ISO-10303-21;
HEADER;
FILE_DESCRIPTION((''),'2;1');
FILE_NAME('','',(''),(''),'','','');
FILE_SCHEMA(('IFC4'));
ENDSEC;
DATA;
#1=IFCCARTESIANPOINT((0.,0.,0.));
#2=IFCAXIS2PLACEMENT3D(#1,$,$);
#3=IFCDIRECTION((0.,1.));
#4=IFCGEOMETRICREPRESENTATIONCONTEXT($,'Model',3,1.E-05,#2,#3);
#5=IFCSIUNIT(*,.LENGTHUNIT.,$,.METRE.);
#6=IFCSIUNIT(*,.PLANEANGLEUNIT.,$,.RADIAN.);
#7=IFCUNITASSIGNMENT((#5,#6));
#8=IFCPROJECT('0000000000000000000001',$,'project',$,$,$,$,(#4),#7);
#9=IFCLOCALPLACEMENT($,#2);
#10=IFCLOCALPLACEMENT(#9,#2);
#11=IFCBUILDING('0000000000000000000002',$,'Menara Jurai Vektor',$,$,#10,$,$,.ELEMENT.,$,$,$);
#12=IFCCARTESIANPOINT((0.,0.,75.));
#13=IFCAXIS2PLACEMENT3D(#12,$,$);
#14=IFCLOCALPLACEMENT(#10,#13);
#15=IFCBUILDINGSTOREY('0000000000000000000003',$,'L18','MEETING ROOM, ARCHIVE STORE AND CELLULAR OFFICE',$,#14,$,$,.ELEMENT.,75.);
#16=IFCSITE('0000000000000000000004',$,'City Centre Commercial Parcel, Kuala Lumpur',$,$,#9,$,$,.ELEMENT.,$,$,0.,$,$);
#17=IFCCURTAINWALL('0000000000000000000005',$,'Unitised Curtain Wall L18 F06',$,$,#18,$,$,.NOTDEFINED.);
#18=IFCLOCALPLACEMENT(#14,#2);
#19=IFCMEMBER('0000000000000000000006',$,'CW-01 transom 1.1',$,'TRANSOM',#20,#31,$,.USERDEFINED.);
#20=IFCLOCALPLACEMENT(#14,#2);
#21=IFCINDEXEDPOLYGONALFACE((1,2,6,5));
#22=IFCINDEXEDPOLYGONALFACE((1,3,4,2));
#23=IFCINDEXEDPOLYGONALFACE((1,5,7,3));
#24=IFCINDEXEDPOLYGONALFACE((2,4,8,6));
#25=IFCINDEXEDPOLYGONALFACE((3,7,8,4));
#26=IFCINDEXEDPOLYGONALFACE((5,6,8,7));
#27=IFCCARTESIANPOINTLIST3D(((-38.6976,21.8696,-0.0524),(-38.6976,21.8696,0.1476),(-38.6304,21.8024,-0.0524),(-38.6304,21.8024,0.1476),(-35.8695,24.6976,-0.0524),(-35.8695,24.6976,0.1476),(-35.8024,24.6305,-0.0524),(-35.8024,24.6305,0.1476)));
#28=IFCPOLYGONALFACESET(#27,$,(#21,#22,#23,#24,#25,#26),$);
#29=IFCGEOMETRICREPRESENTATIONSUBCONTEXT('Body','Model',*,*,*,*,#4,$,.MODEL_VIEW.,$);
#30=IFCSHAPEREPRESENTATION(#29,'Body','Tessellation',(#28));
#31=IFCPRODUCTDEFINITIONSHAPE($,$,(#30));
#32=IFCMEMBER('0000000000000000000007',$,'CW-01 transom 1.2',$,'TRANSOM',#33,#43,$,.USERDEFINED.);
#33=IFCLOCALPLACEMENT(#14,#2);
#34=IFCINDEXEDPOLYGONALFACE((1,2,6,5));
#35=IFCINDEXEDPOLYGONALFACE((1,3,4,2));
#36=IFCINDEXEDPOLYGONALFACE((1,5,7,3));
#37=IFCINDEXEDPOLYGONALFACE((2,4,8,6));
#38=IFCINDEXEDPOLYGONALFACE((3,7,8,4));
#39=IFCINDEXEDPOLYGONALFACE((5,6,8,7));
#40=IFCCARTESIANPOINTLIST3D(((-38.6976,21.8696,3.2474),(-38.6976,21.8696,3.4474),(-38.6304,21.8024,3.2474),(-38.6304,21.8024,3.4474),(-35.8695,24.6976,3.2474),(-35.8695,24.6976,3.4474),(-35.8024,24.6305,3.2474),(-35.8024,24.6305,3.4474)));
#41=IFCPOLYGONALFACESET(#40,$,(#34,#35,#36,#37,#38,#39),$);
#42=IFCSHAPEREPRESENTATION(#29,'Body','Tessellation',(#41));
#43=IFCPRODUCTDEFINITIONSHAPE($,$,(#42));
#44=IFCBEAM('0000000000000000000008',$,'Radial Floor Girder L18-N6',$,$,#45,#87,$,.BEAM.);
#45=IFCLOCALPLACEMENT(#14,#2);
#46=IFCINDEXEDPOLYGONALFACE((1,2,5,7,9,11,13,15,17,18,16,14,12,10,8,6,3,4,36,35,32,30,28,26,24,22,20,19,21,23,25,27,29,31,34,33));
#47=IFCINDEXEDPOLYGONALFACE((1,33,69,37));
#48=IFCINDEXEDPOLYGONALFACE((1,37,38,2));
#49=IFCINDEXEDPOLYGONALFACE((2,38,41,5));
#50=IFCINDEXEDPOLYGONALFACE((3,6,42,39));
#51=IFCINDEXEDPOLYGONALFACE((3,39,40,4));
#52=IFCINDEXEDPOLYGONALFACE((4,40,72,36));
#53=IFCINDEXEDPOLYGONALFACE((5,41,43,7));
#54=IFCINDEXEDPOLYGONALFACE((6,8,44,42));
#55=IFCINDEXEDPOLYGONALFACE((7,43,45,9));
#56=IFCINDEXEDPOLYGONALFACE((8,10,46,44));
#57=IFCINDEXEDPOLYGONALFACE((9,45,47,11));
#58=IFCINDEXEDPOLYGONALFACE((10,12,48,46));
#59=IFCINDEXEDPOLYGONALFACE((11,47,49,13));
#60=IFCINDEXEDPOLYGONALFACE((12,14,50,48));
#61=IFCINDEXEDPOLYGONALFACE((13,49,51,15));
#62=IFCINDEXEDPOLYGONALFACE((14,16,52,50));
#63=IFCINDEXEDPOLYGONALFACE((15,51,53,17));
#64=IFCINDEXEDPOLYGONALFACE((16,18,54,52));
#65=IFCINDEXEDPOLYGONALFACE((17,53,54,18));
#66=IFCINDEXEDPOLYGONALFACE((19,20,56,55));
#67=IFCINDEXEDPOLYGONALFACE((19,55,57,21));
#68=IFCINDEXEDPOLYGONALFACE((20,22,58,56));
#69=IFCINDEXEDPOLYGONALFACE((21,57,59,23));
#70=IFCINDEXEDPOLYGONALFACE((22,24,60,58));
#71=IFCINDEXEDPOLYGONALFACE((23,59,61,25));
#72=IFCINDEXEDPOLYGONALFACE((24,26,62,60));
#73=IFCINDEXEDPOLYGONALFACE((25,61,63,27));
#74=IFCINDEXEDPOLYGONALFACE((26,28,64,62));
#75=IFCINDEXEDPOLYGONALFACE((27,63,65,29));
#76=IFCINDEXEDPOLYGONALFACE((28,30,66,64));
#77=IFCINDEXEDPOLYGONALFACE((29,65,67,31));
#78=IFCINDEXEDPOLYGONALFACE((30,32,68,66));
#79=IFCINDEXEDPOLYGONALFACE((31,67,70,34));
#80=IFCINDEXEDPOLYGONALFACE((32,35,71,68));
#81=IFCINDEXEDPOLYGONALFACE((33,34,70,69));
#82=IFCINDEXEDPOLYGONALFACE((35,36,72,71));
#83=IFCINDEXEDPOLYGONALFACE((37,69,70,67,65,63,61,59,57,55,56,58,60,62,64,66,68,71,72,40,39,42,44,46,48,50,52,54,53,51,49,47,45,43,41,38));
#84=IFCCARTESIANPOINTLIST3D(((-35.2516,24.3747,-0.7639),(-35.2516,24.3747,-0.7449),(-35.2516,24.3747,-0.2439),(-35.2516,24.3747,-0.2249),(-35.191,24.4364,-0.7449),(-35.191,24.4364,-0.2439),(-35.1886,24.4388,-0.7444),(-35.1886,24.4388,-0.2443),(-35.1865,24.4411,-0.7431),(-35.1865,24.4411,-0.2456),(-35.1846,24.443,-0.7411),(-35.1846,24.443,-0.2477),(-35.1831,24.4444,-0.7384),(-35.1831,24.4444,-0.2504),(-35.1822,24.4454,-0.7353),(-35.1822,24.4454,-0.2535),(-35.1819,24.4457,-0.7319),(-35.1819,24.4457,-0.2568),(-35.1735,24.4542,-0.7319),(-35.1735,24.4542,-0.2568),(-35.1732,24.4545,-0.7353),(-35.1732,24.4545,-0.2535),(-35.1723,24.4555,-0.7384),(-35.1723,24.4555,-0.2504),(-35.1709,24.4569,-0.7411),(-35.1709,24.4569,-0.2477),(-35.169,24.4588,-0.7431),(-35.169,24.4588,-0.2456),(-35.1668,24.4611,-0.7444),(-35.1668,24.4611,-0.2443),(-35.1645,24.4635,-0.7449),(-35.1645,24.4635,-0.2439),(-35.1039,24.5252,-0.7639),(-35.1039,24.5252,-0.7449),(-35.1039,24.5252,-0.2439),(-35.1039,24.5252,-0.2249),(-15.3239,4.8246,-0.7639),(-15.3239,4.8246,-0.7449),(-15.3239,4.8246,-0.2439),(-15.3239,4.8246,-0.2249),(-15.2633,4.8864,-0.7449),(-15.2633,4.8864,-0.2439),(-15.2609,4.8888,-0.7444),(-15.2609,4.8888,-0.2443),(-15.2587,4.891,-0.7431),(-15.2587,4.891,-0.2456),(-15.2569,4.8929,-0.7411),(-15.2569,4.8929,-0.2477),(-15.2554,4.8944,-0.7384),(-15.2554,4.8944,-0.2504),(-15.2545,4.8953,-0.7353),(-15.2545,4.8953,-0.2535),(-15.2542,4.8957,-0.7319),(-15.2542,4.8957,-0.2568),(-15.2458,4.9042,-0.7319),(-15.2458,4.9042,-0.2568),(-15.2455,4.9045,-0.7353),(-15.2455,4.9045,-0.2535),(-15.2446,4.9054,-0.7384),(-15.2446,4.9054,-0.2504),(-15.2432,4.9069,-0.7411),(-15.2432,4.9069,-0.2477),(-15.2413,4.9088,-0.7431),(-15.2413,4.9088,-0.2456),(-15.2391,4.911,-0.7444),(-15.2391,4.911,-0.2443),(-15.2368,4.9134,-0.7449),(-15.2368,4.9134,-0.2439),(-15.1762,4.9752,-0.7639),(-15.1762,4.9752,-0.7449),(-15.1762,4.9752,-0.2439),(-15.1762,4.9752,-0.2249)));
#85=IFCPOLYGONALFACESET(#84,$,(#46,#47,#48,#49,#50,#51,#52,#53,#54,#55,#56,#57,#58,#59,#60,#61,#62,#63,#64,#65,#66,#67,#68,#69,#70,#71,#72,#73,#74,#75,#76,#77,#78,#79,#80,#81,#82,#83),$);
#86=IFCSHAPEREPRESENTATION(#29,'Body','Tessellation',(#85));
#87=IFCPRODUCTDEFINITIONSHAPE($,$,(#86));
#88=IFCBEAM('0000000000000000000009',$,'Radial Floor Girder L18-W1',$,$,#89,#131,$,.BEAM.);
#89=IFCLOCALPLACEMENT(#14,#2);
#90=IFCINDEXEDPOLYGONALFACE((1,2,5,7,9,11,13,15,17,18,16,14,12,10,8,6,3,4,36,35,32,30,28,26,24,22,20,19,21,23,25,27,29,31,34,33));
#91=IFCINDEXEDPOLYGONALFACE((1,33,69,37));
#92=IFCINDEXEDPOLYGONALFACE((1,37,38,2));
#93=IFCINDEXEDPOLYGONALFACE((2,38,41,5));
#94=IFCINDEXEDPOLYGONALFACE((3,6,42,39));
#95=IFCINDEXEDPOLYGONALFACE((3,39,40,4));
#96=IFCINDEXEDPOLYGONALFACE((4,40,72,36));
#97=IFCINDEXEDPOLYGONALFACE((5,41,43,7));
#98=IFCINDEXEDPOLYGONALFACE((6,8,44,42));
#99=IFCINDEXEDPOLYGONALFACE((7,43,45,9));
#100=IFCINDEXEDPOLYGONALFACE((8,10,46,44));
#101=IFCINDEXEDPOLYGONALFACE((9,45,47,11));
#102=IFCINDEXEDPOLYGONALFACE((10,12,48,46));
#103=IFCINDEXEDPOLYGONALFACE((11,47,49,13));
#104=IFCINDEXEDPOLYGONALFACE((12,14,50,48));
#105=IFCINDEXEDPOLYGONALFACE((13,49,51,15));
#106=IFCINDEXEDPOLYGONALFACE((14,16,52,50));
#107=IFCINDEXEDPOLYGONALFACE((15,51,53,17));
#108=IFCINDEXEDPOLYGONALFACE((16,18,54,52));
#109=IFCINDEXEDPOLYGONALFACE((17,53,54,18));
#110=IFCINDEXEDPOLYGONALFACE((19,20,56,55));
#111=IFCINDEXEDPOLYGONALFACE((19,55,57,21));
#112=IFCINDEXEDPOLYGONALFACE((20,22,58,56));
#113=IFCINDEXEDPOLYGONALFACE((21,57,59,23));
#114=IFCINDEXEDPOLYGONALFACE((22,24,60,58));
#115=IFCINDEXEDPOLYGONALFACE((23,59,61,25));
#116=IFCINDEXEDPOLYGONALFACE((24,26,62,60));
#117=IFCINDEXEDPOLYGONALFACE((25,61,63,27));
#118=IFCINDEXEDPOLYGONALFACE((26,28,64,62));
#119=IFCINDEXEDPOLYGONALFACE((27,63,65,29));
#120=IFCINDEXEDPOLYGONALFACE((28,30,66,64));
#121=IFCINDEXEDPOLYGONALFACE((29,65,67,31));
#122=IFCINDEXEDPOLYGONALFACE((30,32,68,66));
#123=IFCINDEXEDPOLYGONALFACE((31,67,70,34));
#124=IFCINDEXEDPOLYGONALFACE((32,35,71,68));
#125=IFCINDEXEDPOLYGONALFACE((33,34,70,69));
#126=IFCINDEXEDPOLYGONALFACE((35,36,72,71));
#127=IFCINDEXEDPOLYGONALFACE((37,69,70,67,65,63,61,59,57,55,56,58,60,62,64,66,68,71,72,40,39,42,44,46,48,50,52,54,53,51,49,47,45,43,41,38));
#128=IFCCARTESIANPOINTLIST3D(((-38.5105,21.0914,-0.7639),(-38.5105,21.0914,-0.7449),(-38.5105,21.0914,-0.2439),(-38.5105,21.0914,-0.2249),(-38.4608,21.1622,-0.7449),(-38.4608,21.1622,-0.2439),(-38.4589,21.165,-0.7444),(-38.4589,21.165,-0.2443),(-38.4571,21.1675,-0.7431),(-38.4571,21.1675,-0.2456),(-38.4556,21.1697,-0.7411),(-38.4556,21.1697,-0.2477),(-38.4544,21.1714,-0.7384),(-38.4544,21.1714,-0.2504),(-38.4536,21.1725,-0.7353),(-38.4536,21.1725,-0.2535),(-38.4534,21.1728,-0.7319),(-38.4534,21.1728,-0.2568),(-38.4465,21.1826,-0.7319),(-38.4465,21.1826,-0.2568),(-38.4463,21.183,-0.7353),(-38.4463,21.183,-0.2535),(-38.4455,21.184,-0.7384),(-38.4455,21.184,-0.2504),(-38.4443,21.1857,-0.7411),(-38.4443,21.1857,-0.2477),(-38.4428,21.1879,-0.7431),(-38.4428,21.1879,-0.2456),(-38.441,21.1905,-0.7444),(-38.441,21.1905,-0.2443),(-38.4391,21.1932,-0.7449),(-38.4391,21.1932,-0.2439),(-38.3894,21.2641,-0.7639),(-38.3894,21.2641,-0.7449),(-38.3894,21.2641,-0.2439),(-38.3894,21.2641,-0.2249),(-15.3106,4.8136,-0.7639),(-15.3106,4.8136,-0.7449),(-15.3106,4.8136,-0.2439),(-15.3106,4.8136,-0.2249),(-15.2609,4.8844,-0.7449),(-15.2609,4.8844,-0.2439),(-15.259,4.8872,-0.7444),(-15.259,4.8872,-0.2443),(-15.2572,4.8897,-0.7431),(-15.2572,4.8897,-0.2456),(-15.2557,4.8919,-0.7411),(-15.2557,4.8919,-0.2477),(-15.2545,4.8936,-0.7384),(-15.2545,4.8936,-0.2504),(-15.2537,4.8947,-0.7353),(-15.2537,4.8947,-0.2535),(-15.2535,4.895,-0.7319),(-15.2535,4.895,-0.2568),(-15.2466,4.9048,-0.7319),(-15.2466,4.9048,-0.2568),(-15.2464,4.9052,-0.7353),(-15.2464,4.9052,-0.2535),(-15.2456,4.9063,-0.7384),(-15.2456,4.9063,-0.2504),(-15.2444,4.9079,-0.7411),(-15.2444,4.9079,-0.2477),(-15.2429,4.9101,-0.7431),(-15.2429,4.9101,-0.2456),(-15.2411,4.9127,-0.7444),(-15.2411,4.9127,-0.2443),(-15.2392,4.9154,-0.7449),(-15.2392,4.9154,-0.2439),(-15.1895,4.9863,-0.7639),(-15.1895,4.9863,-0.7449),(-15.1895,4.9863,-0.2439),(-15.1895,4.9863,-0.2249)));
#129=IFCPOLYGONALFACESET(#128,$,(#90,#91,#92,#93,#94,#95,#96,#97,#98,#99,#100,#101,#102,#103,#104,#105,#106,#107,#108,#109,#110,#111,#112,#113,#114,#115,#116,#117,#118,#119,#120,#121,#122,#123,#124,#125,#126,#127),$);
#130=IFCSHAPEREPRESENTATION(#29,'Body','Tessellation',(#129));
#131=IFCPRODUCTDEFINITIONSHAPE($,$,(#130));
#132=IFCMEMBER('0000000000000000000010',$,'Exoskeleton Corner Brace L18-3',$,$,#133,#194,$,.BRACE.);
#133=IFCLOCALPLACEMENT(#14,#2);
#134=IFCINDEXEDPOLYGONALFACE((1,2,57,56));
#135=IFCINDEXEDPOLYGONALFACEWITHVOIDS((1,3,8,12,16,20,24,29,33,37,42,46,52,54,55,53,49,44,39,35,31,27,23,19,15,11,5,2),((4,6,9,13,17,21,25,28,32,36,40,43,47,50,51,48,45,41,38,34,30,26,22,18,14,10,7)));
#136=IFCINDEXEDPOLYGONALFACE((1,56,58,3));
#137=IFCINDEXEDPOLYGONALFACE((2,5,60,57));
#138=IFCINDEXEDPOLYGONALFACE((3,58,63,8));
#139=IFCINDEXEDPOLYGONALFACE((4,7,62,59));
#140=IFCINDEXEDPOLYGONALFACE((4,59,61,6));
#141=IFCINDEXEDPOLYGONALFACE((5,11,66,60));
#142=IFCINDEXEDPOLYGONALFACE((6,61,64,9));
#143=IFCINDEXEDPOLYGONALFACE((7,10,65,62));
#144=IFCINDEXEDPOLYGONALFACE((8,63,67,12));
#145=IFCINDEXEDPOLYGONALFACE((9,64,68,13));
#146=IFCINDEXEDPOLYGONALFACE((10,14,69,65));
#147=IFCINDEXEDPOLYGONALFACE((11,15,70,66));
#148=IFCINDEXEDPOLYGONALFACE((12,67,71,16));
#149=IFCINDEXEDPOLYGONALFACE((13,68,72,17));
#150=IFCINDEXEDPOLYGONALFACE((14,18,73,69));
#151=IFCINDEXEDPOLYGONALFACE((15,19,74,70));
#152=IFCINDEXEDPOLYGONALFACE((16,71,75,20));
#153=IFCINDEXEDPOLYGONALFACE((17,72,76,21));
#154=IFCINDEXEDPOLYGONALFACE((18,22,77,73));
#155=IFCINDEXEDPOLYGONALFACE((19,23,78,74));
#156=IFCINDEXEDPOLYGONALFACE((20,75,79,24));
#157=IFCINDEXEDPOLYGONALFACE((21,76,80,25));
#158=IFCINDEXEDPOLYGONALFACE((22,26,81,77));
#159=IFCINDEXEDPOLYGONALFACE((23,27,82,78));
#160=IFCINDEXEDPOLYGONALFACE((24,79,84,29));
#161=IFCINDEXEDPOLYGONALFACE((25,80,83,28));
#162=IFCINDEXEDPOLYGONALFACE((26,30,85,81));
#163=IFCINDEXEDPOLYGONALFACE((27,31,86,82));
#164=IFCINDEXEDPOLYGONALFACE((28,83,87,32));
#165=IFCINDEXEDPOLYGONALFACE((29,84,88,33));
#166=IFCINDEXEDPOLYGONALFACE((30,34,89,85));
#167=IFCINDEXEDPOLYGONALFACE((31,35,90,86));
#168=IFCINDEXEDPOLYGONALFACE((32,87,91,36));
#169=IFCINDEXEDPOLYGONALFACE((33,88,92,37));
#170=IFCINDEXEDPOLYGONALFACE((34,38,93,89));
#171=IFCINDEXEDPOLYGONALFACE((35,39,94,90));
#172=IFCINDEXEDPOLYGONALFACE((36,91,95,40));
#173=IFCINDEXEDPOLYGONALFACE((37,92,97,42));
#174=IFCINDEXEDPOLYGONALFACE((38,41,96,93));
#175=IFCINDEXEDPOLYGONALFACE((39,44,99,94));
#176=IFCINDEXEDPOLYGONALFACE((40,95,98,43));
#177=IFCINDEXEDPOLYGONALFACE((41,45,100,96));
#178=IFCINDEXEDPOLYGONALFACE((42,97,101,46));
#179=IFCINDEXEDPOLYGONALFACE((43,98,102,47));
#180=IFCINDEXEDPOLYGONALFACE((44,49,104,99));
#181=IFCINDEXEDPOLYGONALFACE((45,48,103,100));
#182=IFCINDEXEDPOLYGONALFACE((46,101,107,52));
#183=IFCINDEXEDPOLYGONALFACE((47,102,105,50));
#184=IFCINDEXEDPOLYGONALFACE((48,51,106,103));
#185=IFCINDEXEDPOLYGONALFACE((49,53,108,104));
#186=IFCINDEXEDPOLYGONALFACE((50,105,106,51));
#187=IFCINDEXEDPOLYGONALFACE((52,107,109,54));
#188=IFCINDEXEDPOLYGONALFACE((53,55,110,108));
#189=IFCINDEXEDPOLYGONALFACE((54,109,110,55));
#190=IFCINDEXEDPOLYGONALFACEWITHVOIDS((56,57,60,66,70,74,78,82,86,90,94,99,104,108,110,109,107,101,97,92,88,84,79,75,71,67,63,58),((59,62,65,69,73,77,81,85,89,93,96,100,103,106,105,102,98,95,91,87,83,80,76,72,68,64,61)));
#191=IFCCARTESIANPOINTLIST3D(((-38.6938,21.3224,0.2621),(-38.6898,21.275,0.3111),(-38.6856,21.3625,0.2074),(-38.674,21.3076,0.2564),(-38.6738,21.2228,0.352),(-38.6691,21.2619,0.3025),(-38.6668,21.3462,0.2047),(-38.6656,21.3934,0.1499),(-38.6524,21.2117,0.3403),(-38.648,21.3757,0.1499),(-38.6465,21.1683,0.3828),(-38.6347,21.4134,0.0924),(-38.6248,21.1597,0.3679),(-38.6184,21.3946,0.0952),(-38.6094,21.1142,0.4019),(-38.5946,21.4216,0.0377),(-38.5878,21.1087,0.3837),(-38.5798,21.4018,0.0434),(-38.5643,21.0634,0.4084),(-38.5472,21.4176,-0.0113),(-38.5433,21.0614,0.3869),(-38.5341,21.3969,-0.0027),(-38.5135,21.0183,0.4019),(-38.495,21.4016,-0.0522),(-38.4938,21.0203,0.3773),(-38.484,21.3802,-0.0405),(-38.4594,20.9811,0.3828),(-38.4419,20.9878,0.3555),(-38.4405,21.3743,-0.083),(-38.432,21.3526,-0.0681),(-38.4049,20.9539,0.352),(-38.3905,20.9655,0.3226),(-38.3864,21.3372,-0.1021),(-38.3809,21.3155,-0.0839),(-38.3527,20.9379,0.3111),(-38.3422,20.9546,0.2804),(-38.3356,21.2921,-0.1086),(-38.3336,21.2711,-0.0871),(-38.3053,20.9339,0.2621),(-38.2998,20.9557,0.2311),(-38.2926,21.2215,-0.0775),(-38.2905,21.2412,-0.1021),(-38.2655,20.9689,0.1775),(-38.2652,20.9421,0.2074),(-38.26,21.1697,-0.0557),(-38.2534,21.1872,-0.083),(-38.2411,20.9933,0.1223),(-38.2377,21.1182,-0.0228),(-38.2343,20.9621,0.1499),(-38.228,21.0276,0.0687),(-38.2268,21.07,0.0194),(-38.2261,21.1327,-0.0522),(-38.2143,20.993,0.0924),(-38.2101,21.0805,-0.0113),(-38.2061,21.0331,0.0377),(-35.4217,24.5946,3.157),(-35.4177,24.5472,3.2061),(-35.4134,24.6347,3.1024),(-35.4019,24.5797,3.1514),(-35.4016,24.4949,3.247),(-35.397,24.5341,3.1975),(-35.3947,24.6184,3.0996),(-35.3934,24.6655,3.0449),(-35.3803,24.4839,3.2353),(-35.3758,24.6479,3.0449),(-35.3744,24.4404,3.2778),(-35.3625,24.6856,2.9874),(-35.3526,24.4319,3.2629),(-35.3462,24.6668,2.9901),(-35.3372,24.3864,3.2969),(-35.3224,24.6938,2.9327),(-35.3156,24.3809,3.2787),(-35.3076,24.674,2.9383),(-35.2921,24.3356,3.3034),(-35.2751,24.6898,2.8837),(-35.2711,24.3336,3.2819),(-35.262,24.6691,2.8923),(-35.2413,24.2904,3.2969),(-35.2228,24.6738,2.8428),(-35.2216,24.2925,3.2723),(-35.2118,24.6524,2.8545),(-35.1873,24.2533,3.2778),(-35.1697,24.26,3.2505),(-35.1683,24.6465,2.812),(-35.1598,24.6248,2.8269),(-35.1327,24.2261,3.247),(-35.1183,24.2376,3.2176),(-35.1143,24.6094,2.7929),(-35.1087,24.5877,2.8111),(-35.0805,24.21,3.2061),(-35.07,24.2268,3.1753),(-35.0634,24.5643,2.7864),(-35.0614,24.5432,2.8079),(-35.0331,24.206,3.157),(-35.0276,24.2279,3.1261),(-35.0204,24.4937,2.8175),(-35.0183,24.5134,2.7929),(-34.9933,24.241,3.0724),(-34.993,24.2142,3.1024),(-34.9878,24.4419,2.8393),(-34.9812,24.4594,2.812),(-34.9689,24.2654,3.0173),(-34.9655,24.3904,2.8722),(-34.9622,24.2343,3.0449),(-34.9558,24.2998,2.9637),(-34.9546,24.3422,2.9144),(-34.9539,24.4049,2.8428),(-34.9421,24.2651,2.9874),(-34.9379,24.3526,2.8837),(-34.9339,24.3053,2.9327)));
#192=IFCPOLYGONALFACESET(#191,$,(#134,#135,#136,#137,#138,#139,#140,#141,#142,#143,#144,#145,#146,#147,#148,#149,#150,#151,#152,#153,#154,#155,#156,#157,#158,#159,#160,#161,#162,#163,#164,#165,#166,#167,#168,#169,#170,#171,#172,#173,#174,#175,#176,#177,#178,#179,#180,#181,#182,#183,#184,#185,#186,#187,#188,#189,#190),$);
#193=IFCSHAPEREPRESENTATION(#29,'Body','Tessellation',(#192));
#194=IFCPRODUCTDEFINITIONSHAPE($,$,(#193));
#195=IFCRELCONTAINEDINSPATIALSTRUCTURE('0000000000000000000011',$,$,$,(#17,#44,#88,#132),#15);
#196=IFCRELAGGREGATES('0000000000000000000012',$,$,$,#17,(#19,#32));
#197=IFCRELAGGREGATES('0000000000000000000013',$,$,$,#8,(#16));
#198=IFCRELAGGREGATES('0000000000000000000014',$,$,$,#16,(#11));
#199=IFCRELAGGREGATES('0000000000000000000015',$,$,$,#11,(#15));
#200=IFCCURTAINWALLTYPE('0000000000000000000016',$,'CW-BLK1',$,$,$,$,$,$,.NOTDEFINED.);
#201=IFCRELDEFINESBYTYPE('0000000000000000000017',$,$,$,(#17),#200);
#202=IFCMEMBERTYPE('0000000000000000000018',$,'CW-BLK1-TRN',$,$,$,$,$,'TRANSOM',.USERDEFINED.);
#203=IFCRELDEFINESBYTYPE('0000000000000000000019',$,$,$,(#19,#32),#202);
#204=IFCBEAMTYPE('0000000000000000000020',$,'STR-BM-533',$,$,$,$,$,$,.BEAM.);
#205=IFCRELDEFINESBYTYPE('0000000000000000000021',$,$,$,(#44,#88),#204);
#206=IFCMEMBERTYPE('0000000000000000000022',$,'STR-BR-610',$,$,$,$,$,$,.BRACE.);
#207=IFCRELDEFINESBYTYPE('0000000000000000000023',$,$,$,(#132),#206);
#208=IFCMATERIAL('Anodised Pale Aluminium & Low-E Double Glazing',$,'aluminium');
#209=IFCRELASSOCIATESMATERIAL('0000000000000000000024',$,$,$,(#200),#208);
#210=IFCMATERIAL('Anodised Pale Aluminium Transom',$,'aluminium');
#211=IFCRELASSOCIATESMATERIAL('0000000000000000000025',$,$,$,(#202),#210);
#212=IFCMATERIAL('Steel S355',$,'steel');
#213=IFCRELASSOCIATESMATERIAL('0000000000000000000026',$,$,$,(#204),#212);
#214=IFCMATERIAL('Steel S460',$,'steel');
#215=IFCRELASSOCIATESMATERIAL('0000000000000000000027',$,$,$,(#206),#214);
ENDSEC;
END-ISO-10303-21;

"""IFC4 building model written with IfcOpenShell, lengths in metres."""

from ifc_helpers import new_model, si_unit, direction, frame, origin, origin_2d, place, context, subcontext, project, spatial, rectangle, hollow_circle, i_section, extrude, material, material_profile, profile_set, type_object, element, aggregate, save


model = new_model("IFC4")

# Units and contexts
model_context = context("Model", 3, precision=1e-05, world=origin(), true_north=direction((0.0, 1.0)))
body_context = subcontext(model_context, "Body", "Model", "MODEL_VIEW")
ifc_project = project(units=[si_unit("LENGTHUNIT", "METRE"), si_unit("PLANEANGLEUNIT", "RADIAN")], contexts=[model_context])

# Site, building, storey
site_placement = place(None, origin())
site = spatial("IfcSite", under=ifc_project, at=site_placement, Name="City Centre Commercial Parcel, Kuala Lumpur", CompositionType="ELEMENT", RefElevation=0.0)
building_placement = place(site_placement, origin())
building = spatial("IfcBuilding", under=site, at=building_placement, Name="Menara Jurai Vektor", CompositionType="ELEMENT")
storey_placement = place(building_placement, frame((0.0, 0.0, 75.0)))
storey = spatial("IfcBuildingStorey", under=building, at=storey_placement, Name="L18", Description="MEETING ROOM, ARCHIVE STORE AND CELLULAR OFFICE", CompositionType="ELEMENT", Elevation=75.0)

# Shared definitions
ifc_material_1 = material(Name="Steel S460", Category="steel")

# Curtain wall
ifc_material_2 = material(Name="Anodised Pale Aluminium & Low-E Double Glazing", Category="aluminium")
curtain_wall_type = type_object("IfcCurtainWallType", Name="CW-BLK1", PredefinedType="NOTDEFINED", material=ifc_material_2)
curtain_wall_1_placement = place(storey_placement, origin())
curtain_wall_1 = element("IfcCurtainWall", 1, at=curtain_wall_1_placement, inside=storey, type_object=curtain_wall_type, Name="Unitised Curtain Wall L18 F06", PredefinedType="NOTDEFINED")

# Members
ifc_material_3 = material(Name="Anodised Pale Aluminium Transom", Category="aluminium")
ifc_material_profile_1 = material_profile(ifc_material_3, rectangle(XDim=0.095, YDim=0.2, at=origin_2d()), Name="ALU TRN 95x200")
ifc_profile_set_1 = profile_set([ifc_material_profile_1], Name="Anodised Pale Aluminium Transom")
member_type_1 = type_object("IfcMemberType", Name="CW-BLK1-TRN", ElementType="TRANSOM", PredefinedType="USERDEFINED", material=ifc_profile_set_1)
member_1_placement = place(storey_placement, frame((-35.8359, 24.6641, 0.0476), z_axis=(-0.707107, -0.707107, 0.0), x_axis=(0.707107, -0.707107, 0.0)))
member_1 = element("IfcMember", 2, at=member_1_placement, type_object=member_type_1, Name="CW-01 transom 1.1", ObjectType="TRANSOM", PredefinedType="USERDEFINED", context=body_context, shape_type="SweptSolid", body=[
    extrude(rectangle(XDim=0.095, YDim=0.2, at=origin_2d()), origin(), (0.0, 0.0, 1.0), 3.9995),
])
member_2_placement = place(storey_placement, frame((-35.8359, 24.6641, 3.3474), z_axis=(-0.707107, -0.707107, 0.0), x_axis=(0.707107, -0.707107, 0.0)))
member_2 = element("IfcMember", 3, at=member_2_placement, type_object=member_type_1, Name="CW-01 transom 1.2", ObjectType="TRANSOM", PredefinedType="USERDEFINED", context=body_context, shape_type="SweptSolid", body=[
    extrude(rectangle(XDim=0.095, YDim=0.2, at=origin_2d()), origin(), (0.0, 0.0, 1.0), 3.9995),
])

# Beams
ifc_material_4 = material(Name="Steel S355", Category="steel")
ifc_material_profile_2 = material_profile(ifc_material_4, i_section(OverallWidth=0.2109, OverallDepth=0.5391, WebThickness=0.012, FlangeThickness=0.019, FilletRadius=0.0129, at=origin_2d()), Name="UKB 533x210x109")
ifc_profile_set_2 = profile_set([ifc_material_profile_2], Name="Steel S355")
beam_type_1 = type_object("IfcBeamType", Name="STR-BM-533", PredefinedType="BEAM", material=ifc_profile_set_2)
beam_1_placement = place(storey_placement, frame((-35.1777, 24.45, -0.4944), z_axis=(0.713839, -0.70031, 0.0), x_axis=(0.70031, 0.713839, 0.0)))
element("IfcBeam", 4, at=beam_1_placement, inside=storey, type_object=beam_type_1, Name="Radial Floor Girder L18-N6", PredefinedType="BEAM", context=body_context, shape_type="SweptSolid", body=[
    extrude(i_section(OverallWidth=0.2109, OverallDepth=0.5391, WebThickness=0.012, FlangeThickness=0.019, FilletRadius=0.0129, at=origin_2d()), origin(), (0.0, 0.0, 1.0), 27.9163),
])
beam_2_placement = place(storey_placement, frame((-38.45, 21.1777, -0.4944), z_axis=(0.818604, -0.574359, 0.0), x_axis=(0.574359, 0.818604, 0.0)))
element("IfcBeam", 5, at=beam_2_placement, inside=storey, type_object=beam_type_1, Name="Radial Floor Girder L18-W1", PredefinedType="BEAM", context=body_context, shape_type="SweptSolid", body=[
    extrude(i_section(OverallWidth=0.2109, OverallDepth=0.5391, WebThickness=0.012, FlangeThickness=0.019, FilletRadius=0.0129, at=origin_2d()), origin(), (0.0, 0.0, 1.0), 28.3408),
])

# Member
ifc_material_profile_3 = material_profile(ifc_material_1, hollow_circle(Radius=0.3049, WallThickness=0.0249, at=origin_2d()), Name="CHS 610x25")
ifc_profile_set_3 = profile_set([ifc_material_profile_3], Name="Steel S460")
member_type_2 = type_object("IfcMemberType", Name="STR-BR-610", PredefinedType="BRACE", material=ifc_profile_set_3)
member_3_placement = place(storey_placement, frame((-38.45, 21.1777, 0.1499), z_axis=(0.599465, 0.599465, 0.530363), x_axis=(-0.707107, 0.707107, 0.0)))
element("IfcMember", 6, at=member_3_placement, inside=storey, type_object=member_type_2, Name="Exoskeleton Corner Brace L18-3", PredefinedType="BRACE", context=body_context, shape_type="SweptSolid", body=[
    extrude(hollow_circle(Radius=0.3049, WallThickness=0.0249, at=origin_2d()), origin(), (0.0, 0.0, 1.0), 5.4585),
])

aggregate(curtain_wall_1, [member_1, member_2])

save(model, "model.ifc")
